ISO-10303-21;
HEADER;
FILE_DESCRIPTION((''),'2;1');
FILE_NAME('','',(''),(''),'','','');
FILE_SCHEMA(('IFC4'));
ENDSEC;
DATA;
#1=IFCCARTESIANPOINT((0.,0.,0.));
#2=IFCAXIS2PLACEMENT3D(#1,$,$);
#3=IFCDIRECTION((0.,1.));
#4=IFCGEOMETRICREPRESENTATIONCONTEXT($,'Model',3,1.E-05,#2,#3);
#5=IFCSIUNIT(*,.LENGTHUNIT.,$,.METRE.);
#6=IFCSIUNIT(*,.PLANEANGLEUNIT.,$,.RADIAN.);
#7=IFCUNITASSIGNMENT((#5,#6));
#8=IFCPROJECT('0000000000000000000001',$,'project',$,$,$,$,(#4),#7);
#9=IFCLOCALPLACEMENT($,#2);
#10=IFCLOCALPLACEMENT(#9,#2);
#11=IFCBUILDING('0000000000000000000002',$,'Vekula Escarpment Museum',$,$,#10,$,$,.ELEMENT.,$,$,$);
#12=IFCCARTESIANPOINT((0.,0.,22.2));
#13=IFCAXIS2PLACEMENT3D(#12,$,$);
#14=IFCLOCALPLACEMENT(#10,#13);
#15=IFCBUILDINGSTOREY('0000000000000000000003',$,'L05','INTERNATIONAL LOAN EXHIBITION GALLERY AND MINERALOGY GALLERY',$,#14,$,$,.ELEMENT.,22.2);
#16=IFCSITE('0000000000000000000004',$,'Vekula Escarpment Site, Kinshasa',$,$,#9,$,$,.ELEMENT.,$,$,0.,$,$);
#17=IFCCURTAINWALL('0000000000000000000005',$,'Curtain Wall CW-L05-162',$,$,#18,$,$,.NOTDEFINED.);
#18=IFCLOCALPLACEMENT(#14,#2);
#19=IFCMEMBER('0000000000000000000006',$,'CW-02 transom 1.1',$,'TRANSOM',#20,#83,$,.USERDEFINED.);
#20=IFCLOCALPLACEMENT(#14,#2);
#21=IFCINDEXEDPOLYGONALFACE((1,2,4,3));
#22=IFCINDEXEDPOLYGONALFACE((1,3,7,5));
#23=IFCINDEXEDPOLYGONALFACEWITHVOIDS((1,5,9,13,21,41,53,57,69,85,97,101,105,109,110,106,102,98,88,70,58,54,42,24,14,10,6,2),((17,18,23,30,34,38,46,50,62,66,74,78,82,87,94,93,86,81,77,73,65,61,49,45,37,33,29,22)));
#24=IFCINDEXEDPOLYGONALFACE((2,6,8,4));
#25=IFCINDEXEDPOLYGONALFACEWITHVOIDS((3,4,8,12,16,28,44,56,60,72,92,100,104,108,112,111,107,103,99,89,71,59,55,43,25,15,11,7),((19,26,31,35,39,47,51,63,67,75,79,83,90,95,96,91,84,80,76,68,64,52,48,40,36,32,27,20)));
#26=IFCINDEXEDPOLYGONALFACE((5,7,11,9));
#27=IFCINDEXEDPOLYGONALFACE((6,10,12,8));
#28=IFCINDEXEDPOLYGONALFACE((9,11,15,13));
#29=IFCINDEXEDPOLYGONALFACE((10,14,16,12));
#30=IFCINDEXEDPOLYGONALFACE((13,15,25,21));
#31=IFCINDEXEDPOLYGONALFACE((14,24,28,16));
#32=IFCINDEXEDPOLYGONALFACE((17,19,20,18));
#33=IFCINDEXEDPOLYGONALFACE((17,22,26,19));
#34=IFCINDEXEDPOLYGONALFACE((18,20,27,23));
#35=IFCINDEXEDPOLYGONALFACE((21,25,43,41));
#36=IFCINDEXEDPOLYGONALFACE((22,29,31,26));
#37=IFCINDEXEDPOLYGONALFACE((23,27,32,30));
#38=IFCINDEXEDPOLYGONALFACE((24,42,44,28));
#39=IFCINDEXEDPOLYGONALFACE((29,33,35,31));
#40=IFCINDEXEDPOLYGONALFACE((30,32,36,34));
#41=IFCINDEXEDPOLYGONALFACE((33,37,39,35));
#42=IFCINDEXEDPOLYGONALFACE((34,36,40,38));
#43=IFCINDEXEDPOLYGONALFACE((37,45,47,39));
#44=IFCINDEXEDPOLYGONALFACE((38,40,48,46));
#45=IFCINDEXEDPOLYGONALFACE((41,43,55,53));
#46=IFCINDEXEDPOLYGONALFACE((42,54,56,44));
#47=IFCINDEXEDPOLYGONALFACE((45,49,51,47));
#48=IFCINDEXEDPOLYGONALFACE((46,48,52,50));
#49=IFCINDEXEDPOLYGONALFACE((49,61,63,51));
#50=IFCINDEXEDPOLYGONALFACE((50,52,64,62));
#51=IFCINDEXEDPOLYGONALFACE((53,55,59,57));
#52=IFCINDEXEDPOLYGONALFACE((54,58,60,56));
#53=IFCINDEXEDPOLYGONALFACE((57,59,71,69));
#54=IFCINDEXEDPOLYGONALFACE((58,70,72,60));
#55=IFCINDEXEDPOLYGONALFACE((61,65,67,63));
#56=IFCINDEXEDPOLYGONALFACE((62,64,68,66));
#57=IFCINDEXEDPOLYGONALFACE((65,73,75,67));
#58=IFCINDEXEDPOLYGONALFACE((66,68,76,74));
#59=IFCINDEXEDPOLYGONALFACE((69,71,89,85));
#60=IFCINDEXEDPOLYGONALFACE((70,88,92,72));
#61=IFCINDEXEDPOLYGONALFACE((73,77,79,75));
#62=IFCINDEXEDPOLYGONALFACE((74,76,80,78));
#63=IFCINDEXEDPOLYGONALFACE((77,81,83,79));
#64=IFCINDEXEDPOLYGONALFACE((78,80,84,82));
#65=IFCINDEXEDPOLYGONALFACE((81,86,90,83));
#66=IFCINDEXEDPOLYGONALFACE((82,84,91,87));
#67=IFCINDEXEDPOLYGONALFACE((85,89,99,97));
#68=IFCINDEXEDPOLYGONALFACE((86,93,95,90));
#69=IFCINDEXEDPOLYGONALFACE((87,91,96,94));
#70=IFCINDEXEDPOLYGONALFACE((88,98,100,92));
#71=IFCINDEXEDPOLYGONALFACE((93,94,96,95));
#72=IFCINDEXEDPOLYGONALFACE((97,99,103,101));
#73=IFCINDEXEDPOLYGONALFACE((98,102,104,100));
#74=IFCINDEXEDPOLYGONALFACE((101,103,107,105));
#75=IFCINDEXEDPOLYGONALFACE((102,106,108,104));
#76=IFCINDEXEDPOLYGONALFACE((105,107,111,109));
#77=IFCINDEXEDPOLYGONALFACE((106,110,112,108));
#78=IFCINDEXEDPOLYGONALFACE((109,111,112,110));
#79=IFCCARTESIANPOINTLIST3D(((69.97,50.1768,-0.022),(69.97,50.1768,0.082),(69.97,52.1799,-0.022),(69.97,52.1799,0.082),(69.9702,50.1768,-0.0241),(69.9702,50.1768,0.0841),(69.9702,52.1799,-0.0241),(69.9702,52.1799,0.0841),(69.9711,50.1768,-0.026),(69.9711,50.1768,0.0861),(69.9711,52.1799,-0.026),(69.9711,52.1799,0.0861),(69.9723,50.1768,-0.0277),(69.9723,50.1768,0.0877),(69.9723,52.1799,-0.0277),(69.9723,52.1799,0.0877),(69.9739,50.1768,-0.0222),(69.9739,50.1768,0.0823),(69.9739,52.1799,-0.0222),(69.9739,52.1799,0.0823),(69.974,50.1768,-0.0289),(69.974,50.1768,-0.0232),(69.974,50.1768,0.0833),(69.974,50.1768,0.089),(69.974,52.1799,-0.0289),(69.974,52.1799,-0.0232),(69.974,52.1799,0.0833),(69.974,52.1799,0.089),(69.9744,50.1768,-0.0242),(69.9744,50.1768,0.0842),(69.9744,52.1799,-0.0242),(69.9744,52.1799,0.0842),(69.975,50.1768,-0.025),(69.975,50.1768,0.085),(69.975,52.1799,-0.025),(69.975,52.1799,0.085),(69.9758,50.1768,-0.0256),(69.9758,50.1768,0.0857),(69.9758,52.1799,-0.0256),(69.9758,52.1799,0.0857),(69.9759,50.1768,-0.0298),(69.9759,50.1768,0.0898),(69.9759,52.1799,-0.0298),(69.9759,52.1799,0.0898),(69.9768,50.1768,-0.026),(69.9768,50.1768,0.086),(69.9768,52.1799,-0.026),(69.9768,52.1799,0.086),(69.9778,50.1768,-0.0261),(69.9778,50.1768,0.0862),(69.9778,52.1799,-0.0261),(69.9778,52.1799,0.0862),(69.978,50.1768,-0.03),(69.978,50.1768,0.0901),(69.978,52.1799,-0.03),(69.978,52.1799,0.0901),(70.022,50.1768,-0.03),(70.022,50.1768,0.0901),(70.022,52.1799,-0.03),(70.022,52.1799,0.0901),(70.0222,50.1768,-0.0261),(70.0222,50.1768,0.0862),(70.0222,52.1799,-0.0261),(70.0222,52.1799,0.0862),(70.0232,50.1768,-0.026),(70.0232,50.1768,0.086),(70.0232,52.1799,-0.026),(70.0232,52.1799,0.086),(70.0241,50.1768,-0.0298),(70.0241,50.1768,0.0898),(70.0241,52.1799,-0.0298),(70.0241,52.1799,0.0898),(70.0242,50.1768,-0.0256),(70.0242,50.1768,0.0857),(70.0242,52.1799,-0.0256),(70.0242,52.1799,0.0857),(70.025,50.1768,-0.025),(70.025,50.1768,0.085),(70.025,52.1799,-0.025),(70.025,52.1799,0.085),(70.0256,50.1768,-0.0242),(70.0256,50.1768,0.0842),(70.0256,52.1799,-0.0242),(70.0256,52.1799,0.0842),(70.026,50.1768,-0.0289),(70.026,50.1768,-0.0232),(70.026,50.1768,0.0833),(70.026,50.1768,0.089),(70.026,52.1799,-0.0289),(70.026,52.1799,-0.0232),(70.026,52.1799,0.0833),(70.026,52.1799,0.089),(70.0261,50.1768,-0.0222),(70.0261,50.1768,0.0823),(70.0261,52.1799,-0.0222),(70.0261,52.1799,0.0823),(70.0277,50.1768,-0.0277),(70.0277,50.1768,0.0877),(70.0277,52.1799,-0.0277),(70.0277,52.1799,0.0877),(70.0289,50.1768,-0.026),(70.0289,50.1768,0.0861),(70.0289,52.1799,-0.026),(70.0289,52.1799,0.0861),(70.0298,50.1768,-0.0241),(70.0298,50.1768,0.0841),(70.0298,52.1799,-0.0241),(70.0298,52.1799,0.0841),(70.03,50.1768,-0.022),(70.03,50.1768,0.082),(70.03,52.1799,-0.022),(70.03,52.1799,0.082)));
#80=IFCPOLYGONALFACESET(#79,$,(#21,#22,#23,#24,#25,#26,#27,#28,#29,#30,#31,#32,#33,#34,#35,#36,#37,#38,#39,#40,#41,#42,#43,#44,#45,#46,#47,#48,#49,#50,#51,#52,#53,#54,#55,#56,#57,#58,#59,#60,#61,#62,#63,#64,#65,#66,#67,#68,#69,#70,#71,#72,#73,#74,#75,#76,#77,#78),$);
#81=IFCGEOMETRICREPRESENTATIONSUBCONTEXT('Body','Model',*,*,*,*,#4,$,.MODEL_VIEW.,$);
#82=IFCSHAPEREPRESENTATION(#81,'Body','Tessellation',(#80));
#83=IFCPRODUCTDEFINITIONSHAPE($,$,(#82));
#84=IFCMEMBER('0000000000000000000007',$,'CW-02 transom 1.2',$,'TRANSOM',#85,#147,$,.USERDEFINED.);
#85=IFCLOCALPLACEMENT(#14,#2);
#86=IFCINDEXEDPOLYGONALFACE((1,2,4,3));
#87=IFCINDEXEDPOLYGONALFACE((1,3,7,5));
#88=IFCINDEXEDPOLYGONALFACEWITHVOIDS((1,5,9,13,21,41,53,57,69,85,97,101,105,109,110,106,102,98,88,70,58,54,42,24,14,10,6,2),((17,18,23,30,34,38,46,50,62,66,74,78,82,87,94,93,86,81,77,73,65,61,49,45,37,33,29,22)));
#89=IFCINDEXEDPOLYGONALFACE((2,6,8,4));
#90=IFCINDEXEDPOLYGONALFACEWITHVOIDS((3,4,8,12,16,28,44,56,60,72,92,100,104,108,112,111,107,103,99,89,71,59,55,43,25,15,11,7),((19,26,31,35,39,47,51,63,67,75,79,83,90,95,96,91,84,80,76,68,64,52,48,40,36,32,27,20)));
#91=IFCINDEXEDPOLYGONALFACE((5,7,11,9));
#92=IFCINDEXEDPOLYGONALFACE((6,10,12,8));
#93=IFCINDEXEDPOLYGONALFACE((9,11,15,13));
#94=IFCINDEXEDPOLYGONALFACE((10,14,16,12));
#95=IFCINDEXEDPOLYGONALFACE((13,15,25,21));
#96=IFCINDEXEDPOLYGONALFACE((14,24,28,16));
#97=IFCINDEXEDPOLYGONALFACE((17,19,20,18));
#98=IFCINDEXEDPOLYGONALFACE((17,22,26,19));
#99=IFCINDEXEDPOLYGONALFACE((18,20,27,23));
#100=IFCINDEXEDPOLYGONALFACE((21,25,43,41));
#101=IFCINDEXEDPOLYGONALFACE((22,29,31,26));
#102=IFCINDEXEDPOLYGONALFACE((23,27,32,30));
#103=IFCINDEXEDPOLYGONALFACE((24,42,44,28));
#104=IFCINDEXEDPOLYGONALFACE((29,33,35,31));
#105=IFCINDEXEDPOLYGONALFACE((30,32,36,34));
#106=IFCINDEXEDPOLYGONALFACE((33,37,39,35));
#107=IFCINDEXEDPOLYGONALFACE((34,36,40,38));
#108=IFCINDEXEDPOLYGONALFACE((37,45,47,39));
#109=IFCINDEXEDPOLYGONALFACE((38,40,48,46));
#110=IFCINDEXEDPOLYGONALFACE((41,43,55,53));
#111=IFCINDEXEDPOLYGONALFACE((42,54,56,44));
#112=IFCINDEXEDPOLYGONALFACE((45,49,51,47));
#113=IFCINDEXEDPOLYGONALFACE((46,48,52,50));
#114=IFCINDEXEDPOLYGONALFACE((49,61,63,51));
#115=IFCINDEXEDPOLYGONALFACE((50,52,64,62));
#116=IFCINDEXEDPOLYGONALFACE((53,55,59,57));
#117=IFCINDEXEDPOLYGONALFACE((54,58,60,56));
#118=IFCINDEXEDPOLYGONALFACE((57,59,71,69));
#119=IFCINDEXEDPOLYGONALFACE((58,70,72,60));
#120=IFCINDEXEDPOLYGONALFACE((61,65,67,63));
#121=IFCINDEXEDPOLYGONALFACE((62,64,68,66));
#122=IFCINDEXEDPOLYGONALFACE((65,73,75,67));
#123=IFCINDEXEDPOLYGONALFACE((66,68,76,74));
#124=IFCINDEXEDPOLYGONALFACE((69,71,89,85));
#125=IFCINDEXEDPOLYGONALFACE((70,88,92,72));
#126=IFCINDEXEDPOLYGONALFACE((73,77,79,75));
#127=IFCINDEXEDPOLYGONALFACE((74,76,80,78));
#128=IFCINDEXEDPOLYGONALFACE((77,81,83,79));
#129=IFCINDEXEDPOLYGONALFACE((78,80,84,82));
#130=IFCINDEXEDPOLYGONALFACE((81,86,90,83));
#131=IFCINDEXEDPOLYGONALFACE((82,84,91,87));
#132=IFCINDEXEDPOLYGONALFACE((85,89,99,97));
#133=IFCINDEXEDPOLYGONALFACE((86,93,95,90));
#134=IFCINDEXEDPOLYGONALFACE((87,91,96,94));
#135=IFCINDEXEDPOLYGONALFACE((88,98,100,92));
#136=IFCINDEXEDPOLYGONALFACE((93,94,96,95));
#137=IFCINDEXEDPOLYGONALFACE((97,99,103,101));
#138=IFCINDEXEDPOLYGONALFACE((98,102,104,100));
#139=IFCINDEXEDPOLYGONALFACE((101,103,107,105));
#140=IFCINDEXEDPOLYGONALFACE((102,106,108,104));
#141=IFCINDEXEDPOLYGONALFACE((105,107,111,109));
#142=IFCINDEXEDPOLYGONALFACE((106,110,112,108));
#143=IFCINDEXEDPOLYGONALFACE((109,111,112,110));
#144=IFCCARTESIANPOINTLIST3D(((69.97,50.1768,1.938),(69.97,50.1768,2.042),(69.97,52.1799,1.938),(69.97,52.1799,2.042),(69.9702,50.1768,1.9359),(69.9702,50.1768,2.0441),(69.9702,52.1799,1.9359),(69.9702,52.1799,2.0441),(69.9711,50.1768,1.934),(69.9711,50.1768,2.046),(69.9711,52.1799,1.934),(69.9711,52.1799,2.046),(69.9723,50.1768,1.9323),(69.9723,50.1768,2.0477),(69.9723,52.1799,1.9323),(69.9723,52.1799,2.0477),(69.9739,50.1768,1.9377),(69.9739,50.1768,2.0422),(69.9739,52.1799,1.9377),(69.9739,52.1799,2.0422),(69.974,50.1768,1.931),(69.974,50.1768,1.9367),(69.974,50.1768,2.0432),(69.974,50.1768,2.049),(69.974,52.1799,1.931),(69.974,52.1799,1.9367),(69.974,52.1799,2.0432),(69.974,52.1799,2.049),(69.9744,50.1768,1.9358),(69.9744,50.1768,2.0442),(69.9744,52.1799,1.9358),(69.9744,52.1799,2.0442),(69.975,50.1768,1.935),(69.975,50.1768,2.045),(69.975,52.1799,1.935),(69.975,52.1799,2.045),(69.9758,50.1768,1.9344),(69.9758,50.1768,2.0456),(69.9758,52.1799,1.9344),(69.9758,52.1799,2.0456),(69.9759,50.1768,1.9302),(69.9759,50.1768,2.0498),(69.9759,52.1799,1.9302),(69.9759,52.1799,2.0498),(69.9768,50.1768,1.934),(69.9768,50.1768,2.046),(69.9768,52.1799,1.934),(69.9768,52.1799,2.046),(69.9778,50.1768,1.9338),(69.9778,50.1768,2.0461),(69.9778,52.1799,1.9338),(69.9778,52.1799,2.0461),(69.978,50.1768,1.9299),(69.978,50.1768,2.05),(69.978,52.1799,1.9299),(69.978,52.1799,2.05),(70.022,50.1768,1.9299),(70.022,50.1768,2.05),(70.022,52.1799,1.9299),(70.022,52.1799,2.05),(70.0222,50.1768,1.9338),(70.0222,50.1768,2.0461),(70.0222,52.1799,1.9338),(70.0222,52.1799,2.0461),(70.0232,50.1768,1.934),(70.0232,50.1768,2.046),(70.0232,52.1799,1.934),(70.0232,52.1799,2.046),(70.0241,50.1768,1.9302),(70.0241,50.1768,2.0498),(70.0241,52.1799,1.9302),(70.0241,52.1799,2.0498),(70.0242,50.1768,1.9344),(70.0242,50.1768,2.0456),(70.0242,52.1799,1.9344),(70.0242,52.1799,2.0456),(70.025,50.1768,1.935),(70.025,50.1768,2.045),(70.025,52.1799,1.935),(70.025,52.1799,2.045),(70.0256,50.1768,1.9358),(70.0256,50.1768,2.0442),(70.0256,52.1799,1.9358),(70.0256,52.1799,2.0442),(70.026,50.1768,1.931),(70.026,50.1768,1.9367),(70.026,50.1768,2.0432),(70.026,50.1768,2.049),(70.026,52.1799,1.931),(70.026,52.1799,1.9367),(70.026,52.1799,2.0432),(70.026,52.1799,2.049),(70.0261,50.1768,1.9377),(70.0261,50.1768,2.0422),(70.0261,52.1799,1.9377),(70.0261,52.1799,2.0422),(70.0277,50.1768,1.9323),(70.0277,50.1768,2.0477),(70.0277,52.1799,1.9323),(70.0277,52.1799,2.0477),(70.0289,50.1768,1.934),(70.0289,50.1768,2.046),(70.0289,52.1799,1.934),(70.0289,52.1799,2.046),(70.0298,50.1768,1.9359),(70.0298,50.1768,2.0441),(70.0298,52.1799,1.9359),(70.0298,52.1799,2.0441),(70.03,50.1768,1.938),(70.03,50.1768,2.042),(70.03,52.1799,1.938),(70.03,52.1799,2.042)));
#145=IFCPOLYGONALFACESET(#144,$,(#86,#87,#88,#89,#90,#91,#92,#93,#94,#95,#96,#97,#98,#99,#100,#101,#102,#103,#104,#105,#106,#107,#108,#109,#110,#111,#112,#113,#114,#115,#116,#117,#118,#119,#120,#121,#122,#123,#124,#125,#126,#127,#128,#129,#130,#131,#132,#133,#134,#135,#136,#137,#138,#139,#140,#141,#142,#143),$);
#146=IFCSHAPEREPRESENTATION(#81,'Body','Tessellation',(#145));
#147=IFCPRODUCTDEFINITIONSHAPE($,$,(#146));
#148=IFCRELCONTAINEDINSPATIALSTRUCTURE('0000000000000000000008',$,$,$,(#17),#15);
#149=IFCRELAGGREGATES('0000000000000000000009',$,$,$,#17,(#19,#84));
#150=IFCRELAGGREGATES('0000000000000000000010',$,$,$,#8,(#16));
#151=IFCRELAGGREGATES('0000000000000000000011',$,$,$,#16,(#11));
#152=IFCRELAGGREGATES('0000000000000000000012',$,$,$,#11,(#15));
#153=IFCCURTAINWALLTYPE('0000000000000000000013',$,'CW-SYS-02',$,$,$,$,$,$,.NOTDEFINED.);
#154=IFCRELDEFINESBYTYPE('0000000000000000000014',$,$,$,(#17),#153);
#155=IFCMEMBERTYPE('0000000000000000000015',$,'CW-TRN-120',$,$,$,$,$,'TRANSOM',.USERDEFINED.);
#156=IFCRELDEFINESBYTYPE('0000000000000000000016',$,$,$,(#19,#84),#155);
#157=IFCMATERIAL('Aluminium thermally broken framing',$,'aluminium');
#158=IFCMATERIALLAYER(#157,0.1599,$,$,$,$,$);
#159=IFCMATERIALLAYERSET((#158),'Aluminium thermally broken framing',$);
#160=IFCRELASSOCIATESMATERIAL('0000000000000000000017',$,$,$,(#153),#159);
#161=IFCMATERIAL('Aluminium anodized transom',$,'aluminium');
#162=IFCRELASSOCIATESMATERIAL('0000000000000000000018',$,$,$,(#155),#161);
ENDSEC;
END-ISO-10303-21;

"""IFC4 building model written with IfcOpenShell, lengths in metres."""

from ifc_helpers import new_model, si_unit, direction, frame, origin, origin_2d, place, context, subcontext, project, spatial, hollow_rectangle, extrude, material, layer, layer_set, material_profile, profile_set, type_object, element, aggregate, save


model = new_model("IFC4")

# Units and contexts
model_context = context("Model", 3, precision=1e-05, world=origin(), true_north=direction((0.0, 1.0)))
body_context = subcontext(model_context, "Body", "Model", "MODEL_VIEW")
ifc_project = project(units=[si_unit("LENGTHUNIT", "METRE"), si_unit("PLANEANGLEUNIT", "RADIAN")], contexts=[model_context])

# Site, building, storey
site_placement = place(None, origin())
site = spatial("IfcSite", under=ifc_project, at=site_placement, Name="Vekula Escarpment Site, Kinshasa", CompositionType="ELEMENT", RefElevation=0.0)
building_placement = place(site_placement, origin())
building = spatial("IfcBuilding", under=site, at=building_placement, Name="Vekula Escarpment Museum", CompositionType="ELEMENT")
storey_placement = place(building_placement, frame((0.0, 0.0, 22.2)))
storey = spatial("IfcBuildingStorey", under=building, at=storey_placement, Name="L05", Description="INTERNATIONAL LOAN EXHIBITION GALLERY AND MINERALOGY GALLERY", CompositionType="ELEMENT", Elevation=22.2)

# Curtain wall
ifc_material_1 = material(Name="Aluminium thermally broken framing", Category="aluminium")
ifc_layer_1 = layer(ifc_material_1, 0.1599)
ifc_layer_set_1 = layer_set([ifc_layer_1], Name="Aluminium thermally broken framing")
curtain_wall_type_1 = type_object("IfcCurtainWallType", Name="CW-SYS-02", PredefinedType="NOTDEFINED", material=ifc_layer_set_1)
curtain_wall_1_placement = place(storey_placement, origin())
curtain_wall_1 = element("IfcCurtainWall", 1, at=curtain_wall_1_placement, inside=storey, type_object=curtain_wall_type_1, Name="Curtain Wall CW-L05-162", PredefinedType="NOTDEFINED")

# Members
ifc_material_2 = material(Name="Aluminium anodized transom", Category="aluminium")
ifc_material_profile_1 = material_profile(ifc_material_2, hollow_rectangle(XDim=0.0601, YDim=0.1201, WallThickness=0.0039, InnerFilletRadius=0.0039, OuterFilletRadius=0.0081, at=origin_2d()), Name="ALU 120x60x4")
ifc_profile_set_1 = profile_set([ifc_material_profile_1], Name="Aluminium anodized transom")
member_type_1 = type_object("IfcMemberType", Name="CW-TRN-120", ElementType="TRANSOM", PredefinedType="USERDEFINED", material=ifc_profile_set_1)
member_1_placement = place(storey_placement, frame((70.0, 52.1799, 0.03), z_axis=(0.0, -1.0, 0.0), x_axis=(1.0, 0.0, 0.0)))
member_1 = element("IfcMember", 2, at=member_1_placement, type_object=member_type_1, Name="CW-02 transom 1.1", ObjectType="TRANSOM", PredefinedType="USERDEFINED", context=body_context, shape_type="SweptSolid", body=[
    extrude(hollow_rectangle(XDim=0.0601, YDim=0.1201, WallThickness=0.0039, InnerFilletRadius=0.0039, OuterFilletRadius=0.0081, at=origin_2d()), origin(), (0.0, 0.0, 1.0), 2.0032),
])
member_2_placement = place(storey_placement, frame((70.0, 52.1799, 1.99), z_axis=(0.0, -1.0, 0.0), x_axis=(1.0, 0.0, 0.0)))
member_2 = element("IfcMember", 3, at=member_2_placement, type_object=member_type_1, Name="CW-02 transom 1.2", ObjectType="TRANSOM", PredefinedType="USERDEFINED", context=body_context, shape_type="SweptSolid", body=[
    extrude(hollow_rectangle(XDim=0.0601, YDim=0.1201, WallThickness=0.0039, InnerFilletRadius=0.0039, OuterFilletRadius=0.0081, at=origin_2d()), origin(), (0.0, 0.0, 1.0), 2.0032),
])

aggregate(curtain_wall_1, [member_1, member_2])

save(model, "model.ifc")
